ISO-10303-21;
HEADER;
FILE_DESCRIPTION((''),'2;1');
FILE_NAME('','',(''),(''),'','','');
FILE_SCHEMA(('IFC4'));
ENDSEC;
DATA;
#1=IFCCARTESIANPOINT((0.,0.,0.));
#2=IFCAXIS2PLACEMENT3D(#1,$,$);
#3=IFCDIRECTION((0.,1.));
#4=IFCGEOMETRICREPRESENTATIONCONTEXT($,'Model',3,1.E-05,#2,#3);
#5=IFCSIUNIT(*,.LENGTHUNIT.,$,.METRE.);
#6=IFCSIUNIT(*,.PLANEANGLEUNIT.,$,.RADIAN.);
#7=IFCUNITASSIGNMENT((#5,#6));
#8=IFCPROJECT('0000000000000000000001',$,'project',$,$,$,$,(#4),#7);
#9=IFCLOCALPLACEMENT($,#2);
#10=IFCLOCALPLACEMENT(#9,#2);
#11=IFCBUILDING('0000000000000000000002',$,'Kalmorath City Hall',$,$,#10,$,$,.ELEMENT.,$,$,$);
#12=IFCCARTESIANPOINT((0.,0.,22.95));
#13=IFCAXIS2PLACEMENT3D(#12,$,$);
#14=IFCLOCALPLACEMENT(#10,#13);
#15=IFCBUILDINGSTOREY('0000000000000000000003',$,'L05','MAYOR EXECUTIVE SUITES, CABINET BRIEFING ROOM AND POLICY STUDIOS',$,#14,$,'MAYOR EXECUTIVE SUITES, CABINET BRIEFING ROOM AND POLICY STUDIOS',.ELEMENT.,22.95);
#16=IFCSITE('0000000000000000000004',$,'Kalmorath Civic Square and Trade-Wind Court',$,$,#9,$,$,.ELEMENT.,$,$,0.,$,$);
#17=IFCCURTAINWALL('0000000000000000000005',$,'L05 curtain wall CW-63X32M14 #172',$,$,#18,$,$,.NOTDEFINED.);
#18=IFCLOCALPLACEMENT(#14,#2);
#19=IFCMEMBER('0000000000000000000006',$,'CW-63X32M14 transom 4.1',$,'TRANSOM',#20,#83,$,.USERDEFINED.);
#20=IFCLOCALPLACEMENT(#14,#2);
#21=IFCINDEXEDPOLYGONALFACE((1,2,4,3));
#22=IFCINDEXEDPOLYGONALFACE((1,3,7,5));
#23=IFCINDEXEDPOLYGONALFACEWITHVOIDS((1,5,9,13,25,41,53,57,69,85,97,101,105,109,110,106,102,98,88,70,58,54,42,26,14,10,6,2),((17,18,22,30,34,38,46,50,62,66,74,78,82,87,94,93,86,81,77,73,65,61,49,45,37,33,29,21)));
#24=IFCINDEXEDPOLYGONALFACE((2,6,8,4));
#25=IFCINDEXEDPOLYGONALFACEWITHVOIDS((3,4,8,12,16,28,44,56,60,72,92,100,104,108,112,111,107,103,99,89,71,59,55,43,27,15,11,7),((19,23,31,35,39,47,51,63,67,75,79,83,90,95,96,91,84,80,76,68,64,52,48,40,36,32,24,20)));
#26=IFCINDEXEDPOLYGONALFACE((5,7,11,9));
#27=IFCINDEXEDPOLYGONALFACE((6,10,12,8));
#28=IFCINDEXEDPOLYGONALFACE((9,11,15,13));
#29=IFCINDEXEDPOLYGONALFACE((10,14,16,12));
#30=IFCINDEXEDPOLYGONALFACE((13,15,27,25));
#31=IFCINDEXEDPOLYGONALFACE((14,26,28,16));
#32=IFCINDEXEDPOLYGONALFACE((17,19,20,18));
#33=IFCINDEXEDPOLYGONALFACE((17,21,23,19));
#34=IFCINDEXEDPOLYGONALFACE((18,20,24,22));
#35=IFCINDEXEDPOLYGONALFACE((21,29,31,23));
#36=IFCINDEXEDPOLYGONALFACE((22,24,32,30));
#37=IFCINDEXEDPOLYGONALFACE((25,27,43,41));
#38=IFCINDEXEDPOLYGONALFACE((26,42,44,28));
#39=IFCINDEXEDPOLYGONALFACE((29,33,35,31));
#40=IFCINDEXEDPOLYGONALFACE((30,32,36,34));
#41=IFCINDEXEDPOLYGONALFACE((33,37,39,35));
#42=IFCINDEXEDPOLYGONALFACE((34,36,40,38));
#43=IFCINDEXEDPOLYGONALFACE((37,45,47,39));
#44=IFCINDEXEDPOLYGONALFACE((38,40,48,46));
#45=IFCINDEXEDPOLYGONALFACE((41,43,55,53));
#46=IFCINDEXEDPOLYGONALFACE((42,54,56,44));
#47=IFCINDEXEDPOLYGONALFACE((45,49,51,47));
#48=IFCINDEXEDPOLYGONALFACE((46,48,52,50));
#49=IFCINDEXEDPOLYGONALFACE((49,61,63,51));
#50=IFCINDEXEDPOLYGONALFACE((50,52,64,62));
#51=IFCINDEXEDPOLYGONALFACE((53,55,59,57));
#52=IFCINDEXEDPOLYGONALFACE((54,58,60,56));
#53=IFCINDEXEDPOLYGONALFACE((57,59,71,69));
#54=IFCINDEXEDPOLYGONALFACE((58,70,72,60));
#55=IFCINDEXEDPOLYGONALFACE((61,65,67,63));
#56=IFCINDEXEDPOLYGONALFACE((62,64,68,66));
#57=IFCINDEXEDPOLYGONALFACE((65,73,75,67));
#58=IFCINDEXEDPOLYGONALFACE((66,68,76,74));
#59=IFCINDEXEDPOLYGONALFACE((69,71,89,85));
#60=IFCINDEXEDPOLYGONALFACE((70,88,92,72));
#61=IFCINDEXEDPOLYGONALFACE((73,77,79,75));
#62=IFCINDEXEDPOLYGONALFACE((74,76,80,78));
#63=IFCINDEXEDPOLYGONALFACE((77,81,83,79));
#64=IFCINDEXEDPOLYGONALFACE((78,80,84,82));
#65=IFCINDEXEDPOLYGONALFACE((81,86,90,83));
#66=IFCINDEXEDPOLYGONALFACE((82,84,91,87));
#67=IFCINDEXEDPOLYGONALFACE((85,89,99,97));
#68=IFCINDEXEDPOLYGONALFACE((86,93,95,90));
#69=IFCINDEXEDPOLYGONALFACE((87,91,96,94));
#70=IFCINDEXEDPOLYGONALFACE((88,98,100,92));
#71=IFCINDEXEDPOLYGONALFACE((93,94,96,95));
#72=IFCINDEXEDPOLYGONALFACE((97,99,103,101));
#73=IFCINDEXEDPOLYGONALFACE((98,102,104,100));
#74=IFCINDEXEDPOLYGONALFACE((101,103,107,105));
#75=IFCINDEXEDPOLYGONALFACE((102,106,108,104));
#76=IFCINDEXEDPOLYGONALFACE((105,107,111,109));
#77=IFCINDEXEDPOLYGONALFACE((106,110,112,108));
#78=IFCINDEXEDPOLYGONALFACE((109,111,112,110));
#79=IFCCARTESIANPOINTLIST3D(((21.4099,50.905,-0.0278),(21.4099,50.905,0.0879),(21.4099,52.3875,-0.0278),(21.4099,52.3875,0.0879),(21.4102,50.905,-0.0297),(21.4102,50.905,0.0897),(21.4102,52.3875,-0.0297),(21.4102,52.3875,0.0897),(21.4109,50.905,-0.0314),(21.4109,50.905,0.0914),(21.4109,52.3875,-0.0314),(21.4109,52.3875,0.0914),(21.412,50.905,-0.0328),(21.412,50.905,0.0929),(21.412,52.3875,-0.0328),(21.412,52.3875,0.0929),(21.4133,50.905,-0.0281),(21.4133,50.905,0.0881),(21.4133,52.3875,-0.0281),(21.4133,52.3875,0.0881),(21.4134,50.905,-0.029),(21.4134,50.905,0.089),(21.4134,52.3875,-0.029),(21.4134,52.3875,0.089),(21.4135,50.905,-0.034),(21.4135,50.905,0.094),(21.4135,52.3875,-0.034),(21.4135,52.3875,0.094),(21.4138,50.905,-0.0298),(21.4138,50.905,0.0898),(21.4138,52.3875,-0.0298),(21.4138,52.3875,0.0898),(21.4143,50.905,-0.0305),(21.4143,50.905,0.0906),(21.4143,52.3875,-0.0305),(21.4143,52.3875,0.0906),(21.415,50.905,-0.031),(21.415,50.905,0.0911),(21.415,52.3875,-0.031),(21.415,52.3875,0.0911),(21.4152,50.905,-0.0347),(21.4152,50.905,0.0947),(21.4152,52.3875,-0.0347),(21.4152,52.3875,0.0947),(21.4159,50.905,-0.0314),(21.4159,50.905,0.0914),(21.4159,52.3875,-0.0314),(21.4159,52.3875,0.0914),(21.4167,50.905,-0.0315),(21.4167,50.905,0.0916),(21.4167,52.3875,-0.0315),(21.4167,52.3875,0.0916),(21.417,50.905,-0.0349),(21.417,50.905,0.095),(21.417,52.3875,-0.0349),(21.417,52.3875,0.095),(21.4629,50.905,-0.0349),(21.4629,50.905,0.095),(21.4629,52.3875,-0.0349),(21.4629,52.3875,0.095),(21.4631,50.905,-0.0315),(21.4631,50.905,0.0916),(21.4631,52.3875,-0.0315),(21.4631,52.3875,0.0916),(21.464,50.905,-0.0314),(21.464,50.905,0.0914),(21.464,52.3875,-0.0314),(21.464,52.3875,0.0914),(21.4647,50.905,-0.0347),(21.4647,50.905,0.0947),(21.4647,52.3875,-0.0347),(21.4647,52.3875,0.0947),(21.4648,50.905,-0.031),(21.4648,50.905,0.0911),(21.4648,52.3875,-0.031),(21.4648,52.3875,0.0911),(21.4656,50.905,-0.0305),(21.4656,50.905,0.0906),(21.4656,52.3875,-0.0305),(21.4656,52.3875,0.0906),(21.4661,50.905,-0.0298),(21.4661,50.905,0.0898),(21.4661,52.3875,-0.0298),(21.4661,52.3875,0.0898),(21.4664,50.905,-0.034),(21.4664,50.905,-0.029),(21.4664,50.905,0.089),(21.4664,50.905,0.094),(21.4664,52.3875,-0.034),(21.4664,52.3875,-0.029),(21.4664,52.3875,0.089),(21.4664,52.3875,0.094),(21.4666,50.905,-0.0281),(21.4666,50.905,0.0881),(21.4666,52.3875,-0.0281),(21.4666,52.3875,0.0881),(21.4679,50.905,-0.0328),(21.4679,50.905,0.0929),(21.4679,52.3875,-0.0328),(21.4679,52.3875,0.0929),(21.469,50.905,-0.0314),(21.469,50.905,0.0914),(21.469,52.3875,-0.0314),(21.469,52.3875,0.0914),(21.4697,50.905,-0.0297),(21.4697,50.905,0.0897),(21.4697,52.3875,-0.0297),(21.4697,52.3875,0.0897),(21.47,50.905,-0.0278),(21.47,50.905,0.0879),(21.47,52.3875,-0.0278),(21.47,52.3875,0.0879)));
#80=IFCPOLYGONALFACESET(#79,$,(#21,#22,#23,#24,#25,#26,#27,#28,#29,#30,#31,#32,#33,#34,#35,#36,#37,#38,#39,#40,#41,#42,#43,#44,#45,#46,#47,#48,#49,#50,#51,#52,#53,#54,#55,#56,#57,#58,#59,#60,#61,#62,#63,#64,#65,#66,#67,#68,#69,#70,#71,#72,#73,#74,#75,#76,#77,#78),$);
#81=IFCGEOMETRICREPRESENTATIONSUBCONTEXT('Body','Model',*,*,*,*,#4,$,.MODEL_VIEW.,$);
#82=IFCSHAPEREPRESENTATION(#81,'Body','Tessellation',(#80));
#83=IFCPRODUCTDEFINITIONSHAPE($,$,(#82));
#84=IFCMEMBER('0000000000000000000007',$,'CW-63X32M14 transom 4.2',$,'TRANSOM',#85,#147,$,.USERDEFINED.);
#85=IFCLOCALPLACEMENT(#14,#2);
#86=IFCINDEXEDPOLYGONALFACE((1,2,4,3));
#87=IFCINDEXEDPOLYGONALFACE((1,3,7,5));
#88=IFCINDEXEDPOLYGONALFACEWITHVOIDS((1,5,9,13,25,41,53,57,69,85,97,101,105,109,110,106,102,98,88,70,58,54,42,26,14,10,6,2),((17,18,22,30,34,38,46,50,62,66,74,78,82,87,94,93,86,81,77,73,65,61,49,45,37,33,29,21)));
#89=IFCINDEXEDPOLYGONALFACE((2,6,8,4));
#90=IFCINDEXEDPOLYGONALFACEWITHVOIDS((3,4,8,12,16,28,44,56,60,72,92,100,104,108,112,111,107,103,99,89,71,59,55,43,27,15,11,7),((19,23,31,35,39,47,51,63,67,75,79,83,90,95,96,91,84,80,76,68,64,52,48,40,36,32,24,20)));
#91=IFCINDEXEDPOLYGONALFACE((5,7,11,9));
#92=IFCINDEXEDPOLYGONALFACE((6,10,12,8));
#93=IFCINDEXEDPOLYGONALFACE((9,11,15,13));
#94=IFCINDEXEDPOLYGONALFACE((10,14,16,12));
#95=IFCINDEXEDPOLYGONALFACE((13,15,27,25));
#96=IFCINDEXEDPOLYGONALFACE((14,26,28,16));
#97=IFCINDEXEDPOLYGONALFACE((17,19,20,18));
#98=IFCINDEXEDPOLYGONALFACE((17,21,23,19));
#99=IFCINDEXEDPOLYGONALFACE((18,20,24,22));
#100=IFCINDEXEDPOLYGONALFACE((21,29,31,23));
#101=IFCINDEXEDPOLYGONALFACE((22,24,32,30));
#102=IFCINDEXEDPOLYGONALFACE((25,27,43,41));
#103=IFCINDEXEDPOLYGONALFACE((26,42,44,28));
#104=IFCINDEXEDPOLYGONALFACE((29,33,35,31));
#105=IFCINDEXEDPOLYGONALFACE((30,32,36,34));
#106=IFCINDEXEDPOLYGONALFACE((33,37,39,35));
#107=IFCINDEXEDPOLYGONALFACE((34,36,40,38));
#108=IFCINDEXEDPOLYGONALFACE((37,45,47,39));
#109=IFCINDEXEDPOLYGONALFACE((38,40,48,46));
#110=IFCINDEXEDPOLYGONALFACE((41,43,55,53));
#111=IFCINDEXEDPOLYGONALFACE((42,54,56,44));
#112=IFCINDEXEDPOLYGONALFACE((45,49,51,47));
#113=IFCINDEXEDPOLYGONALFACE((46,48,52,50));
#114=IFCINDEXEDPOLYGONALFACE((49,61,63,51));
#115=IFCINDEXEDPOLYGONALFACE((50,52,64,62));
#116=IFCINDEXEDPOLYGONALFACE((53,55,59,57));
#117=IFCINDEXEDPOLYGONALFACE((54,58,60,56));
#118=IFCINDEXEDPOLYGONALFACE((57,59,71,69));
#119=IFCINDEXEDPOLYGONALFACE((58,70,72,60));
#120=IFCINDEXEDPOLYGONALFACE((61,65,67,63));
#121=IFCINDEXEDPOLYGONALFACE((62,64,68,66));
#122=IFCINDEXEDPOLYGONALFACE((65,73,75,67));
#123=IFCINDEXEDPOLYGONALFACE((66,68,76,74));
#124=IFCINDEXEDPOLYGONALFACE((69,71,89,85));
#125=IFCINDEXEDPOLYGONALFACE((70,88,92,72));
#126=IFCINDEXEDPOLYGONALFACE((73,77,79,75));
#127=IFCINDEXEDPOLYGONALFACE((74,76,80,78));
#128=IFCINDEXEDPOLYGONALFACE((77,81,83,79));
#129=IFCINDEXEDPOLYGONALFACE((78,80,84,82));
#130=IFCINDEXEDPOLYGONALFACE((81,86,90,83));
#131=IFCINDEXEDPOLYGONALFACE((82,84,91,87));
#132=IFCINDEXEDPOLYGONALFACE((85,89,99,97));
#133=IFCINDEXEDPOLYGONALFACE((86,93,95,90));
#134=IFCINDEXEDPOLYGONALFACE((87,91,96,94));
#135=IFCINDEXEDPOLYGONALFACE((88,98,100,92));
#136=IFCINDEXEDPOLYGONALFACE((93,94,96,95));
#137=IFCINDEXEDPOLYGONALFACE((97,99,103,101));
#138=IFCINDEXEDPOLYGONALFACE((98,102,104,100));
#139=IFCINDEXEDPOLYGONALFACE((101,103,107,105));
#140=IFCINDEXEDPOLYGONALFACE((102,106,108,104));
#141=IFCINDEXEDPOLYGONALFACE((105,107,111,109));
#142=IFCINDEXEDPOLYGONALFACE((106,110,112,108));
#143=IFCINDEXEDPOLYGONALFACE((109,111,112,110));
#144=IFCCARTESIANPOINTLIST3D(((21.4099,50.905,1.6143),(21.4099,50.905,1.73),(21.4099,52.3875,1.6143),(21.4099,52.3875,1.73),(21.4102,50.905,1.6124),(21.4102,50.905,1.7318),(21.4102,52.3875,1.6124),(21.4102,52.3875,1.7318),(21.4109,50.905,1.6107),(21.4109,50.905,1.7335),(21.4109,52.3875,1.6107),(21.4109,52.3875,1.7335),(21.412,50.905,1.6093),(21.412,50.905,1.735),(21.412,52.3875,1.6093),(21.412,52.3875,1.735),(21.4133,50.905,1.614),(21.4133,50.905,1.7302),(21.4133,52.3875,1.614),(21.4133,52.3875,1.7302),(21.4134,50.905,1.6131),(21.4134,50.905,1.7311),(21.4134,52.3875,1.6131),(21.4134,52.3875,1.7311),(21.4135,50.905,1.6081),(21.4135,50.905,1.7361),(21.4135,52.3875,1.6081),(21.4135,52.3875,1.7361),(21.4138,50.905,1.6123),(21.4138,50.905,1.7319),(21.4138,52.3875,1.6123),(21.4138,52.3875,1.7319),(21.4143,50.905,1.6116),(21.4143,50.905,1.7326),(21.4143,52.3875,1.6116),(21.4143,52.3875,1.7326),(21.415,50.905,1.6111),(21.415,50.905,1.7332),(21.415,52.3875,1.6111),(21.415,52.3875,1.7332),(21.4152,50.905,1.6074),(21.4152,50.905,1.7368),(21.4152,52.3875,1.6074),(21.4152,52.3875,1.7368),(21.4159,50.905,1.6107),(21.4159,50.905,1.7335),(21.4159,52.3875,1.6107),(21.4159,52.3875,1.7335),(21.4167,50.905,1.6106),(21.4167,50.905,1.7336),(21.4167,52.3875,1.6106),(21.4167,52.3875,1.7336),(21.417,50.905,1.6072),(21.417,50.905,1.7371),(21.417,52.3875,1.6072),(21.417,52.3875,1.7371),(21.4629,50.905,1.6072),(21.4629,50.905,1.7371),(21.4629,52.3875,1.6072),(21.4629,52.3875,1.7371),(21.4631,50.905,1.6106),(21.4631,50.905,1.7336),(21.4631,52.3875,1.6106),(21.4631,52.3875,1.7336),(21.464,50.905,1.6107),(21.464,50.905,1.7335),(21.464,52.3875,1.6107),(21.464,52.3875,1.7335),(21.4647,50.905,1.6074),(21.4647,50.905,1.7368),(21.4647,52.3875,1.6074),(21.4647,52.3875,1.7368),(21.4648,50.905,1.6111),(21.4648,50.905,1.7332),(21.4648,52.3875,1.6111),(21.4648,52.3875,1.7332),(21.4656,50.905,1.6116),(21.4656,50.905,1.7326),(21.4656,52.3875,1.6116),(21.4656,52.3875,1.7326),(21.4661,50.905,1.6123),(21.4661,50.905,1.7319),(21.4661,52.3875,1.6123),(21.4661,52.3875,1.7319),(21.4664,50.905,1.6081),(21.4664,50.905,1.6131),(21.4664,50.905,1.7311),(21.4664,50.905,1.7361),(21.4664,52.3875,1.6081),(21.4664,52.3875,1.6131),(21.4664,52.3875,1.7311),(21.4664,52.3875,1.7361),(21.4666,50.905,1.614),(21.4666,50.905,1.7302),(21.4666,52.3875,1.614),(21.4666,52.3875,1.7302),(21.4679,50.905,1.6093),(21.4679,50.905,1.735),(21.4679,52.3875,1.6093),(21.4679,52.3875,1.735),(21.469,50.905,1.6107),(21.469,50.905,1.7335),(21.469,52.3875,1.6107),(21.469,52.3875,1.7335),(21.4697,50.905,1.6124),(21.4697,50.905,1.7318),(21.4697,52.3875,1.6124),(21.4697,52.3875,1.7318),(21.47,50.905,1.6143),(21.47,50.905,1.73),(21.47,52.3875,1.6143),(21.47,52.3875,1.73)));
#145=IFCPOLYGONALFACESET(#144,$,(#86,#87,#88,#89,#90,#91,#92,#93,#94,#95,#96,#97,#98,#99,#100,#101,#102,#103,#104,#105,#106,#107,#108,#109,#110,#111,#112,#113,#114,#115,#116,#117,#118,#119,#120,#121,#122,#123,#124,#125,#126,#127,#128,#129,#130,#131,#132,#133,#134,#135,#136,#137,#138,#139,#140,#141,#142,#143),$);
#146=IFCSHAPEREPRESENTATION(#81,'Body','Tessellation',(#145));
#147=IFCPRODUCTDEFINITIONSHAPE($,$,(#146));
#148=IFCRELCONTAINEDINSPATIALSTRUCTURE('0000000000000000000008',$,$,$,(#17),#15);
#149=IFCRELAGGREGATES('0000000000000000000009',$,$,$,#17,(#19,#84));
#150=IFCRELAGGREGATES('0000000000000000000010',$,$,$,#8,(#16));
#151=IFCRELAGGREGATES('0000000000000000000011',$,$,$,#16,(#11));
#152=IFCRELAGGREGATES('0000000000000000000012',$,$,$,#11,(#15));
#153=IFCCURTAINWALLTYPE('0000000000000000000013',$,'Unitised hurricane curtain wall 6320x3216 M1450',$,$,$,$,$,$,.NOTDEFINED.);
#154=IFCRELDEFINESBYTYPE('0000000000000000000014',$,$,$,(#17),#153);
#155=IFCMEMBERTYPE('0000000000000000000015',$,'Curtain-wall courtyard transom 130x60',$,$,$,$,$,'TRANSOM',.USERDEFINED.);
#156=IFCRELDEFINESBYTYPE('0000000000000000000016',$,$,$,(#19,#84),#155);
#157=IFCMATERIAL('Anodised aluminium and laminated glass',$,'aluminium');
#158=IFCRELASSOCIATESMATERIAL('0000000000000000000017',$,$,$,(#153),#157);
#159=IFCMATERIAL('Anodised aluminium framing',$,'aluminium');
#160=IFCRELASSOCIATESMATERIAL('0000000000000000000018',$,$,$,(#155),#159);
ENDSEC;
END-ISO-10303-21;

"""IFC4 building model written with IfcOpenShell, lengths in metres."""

from ifc_helpers import new_model, si_unit, direction, frame, origin, origin_2d, place, context, subcontext, project, spatial, hollow_rectangle, extrude, material, material_profile, profile_set, type_object, element, aggregate, save


model = new_model("IFC4")

# Units and contexts
model_context = context("Model", 3, precision=1e-05, world=origin(), true_north=direction((0.0, 1.0)))
body_context = subcontext(model_context, "Body", "Model", "MODEL_VIEW")
ifc_project = project(units=[si_unit("LENGTHUNIT", "METRE"), si_unit("PLANEANGLEUNIT", "RADIAN")], contexts=[model_context])

# Site, building, storey
site_placement = place(None, origin())
site = spatial("IfcSite", under=ifc_project, at=site_placement, Name="Kalmorath Civic Square and Trade-Wind Court", CompositionType="ELEMENT", RefElevation=0.0)
building_placement = place(site_placement, origin())
building = spatial("IfcBuilding", under=site, at=building_placement, Name="Kalmorath City Hall", CompositionType="ELEMENT")
storey_placement = place(building_placement, frame((0.0, 0.0, 22.95)))
storey = spatial("IfcBuildingStorey", under=building, at=storey_placement, Name="L05", Description="MAYOR EXECUTIVE SUITES, CABINET BRIEFING ROOM AND POLICY STUDIOS", LongName="MAYOR EXECUTIVE SUITES, CABINET BRIEFING ROOM AND POLICY STUDIOS", CompositionType="ELEMENT", Elevation=22.95)

# Curtain wall, members
ifc_material_1 = material(Name="Anodised aluminium and laminated glass", Category="aluminium")
curtain_wall_type = type_object("IfcCurtainWallType", Name="Unitised hurricane curtain wall 6320x3216 M1450", PredefinedType="NOTDEFINED", material=ifc_material_1)
curtain_wall_placement = place(storey_placement, origin())
curtain_wall = element("IfcCurtainWall", 1, at=curtain_wall_placement, inside=storey, type_object=curtain_wall_type, Name="L05 curtain wall CW-63X32M14 #172", PredefinedType="NOTDEFINED")
ifc_material_2 = material(Name="Anodised aluminium framing", Category="aluminium")
ifc_material_profile_1 = material_profile(ifc_material_2, hollow_rectangle(XDim=0.0601, YDim=0.1299, WallThickness=0.0034, InnerFilletRadius=0.0034, OuterFilletRadius=0.0071, at=origin_2d()), Name="ALU-TRN-130X60X3.5")
ifc_profile_set_1 = profile_set([ifc_material_profile_1], Name="Anodised aluminium framing")
member_type_1 = type_object("IfcMemberType", Name="Curtain-wall courtyard transom 130x60", ElementType="TRANSOM", PredefinedType="USERDEFINED", material=ifc_profile_set_1)
member_1_placement = place(storey_placement, frame((21.4399, 52.3875, 0.03), z_axis=(0.0, -1.0, 0.0), x_axis=(1.0, 0.0, 0.0)))
member_1 = element("IfcMember", 2, at=member_1_placement, type_object=member_type_1, Name="CW-63X32M14 transom 4.1", ObjectType="TRANSOM", PredefinedType="USERDEFINED", context=body_context, shape_type="SweptSolid", body=[
    extrude(hollow_rectangle(XDim=0.0601, YDim=0.1299, WallThickness=0.0034, InnerFilletRadius=0.0034, OuterFilletRadius=0.0071, at=origin_2d()), origin(), (0.0, 0.0, 1.0), 1.4824),
])
member_2_placement = place(storey_placement, frame((21.4399, 52.3875, 1.6721), z_axis=(0.0, -1.0, 0.0), x_axis=(1.0, 0.0, 0.0)))
member_2 = element("IfcMember", 3, at=member_2_placement, type_object=member_type_1, Name="CW-63X32M14 transom 4.2", ObjectType="TRANSOM", PredefinedType="USERDEFINED", context=body_context, shape_type="SweptSolid", body=[
    extrude(hollow_rectangle(XDim=0.0601, YDim=0.1299, WallThickness=0.0034, InnerFilletRadius=0.0034, OuterFilletRadius=0.0071, at=origin_2d()), origin(), (0.0, 0.0, 1.0), 1.4824),
])

aggregate(curtain_wall, [member_1, member_2])

save(model, "model.ifc")
